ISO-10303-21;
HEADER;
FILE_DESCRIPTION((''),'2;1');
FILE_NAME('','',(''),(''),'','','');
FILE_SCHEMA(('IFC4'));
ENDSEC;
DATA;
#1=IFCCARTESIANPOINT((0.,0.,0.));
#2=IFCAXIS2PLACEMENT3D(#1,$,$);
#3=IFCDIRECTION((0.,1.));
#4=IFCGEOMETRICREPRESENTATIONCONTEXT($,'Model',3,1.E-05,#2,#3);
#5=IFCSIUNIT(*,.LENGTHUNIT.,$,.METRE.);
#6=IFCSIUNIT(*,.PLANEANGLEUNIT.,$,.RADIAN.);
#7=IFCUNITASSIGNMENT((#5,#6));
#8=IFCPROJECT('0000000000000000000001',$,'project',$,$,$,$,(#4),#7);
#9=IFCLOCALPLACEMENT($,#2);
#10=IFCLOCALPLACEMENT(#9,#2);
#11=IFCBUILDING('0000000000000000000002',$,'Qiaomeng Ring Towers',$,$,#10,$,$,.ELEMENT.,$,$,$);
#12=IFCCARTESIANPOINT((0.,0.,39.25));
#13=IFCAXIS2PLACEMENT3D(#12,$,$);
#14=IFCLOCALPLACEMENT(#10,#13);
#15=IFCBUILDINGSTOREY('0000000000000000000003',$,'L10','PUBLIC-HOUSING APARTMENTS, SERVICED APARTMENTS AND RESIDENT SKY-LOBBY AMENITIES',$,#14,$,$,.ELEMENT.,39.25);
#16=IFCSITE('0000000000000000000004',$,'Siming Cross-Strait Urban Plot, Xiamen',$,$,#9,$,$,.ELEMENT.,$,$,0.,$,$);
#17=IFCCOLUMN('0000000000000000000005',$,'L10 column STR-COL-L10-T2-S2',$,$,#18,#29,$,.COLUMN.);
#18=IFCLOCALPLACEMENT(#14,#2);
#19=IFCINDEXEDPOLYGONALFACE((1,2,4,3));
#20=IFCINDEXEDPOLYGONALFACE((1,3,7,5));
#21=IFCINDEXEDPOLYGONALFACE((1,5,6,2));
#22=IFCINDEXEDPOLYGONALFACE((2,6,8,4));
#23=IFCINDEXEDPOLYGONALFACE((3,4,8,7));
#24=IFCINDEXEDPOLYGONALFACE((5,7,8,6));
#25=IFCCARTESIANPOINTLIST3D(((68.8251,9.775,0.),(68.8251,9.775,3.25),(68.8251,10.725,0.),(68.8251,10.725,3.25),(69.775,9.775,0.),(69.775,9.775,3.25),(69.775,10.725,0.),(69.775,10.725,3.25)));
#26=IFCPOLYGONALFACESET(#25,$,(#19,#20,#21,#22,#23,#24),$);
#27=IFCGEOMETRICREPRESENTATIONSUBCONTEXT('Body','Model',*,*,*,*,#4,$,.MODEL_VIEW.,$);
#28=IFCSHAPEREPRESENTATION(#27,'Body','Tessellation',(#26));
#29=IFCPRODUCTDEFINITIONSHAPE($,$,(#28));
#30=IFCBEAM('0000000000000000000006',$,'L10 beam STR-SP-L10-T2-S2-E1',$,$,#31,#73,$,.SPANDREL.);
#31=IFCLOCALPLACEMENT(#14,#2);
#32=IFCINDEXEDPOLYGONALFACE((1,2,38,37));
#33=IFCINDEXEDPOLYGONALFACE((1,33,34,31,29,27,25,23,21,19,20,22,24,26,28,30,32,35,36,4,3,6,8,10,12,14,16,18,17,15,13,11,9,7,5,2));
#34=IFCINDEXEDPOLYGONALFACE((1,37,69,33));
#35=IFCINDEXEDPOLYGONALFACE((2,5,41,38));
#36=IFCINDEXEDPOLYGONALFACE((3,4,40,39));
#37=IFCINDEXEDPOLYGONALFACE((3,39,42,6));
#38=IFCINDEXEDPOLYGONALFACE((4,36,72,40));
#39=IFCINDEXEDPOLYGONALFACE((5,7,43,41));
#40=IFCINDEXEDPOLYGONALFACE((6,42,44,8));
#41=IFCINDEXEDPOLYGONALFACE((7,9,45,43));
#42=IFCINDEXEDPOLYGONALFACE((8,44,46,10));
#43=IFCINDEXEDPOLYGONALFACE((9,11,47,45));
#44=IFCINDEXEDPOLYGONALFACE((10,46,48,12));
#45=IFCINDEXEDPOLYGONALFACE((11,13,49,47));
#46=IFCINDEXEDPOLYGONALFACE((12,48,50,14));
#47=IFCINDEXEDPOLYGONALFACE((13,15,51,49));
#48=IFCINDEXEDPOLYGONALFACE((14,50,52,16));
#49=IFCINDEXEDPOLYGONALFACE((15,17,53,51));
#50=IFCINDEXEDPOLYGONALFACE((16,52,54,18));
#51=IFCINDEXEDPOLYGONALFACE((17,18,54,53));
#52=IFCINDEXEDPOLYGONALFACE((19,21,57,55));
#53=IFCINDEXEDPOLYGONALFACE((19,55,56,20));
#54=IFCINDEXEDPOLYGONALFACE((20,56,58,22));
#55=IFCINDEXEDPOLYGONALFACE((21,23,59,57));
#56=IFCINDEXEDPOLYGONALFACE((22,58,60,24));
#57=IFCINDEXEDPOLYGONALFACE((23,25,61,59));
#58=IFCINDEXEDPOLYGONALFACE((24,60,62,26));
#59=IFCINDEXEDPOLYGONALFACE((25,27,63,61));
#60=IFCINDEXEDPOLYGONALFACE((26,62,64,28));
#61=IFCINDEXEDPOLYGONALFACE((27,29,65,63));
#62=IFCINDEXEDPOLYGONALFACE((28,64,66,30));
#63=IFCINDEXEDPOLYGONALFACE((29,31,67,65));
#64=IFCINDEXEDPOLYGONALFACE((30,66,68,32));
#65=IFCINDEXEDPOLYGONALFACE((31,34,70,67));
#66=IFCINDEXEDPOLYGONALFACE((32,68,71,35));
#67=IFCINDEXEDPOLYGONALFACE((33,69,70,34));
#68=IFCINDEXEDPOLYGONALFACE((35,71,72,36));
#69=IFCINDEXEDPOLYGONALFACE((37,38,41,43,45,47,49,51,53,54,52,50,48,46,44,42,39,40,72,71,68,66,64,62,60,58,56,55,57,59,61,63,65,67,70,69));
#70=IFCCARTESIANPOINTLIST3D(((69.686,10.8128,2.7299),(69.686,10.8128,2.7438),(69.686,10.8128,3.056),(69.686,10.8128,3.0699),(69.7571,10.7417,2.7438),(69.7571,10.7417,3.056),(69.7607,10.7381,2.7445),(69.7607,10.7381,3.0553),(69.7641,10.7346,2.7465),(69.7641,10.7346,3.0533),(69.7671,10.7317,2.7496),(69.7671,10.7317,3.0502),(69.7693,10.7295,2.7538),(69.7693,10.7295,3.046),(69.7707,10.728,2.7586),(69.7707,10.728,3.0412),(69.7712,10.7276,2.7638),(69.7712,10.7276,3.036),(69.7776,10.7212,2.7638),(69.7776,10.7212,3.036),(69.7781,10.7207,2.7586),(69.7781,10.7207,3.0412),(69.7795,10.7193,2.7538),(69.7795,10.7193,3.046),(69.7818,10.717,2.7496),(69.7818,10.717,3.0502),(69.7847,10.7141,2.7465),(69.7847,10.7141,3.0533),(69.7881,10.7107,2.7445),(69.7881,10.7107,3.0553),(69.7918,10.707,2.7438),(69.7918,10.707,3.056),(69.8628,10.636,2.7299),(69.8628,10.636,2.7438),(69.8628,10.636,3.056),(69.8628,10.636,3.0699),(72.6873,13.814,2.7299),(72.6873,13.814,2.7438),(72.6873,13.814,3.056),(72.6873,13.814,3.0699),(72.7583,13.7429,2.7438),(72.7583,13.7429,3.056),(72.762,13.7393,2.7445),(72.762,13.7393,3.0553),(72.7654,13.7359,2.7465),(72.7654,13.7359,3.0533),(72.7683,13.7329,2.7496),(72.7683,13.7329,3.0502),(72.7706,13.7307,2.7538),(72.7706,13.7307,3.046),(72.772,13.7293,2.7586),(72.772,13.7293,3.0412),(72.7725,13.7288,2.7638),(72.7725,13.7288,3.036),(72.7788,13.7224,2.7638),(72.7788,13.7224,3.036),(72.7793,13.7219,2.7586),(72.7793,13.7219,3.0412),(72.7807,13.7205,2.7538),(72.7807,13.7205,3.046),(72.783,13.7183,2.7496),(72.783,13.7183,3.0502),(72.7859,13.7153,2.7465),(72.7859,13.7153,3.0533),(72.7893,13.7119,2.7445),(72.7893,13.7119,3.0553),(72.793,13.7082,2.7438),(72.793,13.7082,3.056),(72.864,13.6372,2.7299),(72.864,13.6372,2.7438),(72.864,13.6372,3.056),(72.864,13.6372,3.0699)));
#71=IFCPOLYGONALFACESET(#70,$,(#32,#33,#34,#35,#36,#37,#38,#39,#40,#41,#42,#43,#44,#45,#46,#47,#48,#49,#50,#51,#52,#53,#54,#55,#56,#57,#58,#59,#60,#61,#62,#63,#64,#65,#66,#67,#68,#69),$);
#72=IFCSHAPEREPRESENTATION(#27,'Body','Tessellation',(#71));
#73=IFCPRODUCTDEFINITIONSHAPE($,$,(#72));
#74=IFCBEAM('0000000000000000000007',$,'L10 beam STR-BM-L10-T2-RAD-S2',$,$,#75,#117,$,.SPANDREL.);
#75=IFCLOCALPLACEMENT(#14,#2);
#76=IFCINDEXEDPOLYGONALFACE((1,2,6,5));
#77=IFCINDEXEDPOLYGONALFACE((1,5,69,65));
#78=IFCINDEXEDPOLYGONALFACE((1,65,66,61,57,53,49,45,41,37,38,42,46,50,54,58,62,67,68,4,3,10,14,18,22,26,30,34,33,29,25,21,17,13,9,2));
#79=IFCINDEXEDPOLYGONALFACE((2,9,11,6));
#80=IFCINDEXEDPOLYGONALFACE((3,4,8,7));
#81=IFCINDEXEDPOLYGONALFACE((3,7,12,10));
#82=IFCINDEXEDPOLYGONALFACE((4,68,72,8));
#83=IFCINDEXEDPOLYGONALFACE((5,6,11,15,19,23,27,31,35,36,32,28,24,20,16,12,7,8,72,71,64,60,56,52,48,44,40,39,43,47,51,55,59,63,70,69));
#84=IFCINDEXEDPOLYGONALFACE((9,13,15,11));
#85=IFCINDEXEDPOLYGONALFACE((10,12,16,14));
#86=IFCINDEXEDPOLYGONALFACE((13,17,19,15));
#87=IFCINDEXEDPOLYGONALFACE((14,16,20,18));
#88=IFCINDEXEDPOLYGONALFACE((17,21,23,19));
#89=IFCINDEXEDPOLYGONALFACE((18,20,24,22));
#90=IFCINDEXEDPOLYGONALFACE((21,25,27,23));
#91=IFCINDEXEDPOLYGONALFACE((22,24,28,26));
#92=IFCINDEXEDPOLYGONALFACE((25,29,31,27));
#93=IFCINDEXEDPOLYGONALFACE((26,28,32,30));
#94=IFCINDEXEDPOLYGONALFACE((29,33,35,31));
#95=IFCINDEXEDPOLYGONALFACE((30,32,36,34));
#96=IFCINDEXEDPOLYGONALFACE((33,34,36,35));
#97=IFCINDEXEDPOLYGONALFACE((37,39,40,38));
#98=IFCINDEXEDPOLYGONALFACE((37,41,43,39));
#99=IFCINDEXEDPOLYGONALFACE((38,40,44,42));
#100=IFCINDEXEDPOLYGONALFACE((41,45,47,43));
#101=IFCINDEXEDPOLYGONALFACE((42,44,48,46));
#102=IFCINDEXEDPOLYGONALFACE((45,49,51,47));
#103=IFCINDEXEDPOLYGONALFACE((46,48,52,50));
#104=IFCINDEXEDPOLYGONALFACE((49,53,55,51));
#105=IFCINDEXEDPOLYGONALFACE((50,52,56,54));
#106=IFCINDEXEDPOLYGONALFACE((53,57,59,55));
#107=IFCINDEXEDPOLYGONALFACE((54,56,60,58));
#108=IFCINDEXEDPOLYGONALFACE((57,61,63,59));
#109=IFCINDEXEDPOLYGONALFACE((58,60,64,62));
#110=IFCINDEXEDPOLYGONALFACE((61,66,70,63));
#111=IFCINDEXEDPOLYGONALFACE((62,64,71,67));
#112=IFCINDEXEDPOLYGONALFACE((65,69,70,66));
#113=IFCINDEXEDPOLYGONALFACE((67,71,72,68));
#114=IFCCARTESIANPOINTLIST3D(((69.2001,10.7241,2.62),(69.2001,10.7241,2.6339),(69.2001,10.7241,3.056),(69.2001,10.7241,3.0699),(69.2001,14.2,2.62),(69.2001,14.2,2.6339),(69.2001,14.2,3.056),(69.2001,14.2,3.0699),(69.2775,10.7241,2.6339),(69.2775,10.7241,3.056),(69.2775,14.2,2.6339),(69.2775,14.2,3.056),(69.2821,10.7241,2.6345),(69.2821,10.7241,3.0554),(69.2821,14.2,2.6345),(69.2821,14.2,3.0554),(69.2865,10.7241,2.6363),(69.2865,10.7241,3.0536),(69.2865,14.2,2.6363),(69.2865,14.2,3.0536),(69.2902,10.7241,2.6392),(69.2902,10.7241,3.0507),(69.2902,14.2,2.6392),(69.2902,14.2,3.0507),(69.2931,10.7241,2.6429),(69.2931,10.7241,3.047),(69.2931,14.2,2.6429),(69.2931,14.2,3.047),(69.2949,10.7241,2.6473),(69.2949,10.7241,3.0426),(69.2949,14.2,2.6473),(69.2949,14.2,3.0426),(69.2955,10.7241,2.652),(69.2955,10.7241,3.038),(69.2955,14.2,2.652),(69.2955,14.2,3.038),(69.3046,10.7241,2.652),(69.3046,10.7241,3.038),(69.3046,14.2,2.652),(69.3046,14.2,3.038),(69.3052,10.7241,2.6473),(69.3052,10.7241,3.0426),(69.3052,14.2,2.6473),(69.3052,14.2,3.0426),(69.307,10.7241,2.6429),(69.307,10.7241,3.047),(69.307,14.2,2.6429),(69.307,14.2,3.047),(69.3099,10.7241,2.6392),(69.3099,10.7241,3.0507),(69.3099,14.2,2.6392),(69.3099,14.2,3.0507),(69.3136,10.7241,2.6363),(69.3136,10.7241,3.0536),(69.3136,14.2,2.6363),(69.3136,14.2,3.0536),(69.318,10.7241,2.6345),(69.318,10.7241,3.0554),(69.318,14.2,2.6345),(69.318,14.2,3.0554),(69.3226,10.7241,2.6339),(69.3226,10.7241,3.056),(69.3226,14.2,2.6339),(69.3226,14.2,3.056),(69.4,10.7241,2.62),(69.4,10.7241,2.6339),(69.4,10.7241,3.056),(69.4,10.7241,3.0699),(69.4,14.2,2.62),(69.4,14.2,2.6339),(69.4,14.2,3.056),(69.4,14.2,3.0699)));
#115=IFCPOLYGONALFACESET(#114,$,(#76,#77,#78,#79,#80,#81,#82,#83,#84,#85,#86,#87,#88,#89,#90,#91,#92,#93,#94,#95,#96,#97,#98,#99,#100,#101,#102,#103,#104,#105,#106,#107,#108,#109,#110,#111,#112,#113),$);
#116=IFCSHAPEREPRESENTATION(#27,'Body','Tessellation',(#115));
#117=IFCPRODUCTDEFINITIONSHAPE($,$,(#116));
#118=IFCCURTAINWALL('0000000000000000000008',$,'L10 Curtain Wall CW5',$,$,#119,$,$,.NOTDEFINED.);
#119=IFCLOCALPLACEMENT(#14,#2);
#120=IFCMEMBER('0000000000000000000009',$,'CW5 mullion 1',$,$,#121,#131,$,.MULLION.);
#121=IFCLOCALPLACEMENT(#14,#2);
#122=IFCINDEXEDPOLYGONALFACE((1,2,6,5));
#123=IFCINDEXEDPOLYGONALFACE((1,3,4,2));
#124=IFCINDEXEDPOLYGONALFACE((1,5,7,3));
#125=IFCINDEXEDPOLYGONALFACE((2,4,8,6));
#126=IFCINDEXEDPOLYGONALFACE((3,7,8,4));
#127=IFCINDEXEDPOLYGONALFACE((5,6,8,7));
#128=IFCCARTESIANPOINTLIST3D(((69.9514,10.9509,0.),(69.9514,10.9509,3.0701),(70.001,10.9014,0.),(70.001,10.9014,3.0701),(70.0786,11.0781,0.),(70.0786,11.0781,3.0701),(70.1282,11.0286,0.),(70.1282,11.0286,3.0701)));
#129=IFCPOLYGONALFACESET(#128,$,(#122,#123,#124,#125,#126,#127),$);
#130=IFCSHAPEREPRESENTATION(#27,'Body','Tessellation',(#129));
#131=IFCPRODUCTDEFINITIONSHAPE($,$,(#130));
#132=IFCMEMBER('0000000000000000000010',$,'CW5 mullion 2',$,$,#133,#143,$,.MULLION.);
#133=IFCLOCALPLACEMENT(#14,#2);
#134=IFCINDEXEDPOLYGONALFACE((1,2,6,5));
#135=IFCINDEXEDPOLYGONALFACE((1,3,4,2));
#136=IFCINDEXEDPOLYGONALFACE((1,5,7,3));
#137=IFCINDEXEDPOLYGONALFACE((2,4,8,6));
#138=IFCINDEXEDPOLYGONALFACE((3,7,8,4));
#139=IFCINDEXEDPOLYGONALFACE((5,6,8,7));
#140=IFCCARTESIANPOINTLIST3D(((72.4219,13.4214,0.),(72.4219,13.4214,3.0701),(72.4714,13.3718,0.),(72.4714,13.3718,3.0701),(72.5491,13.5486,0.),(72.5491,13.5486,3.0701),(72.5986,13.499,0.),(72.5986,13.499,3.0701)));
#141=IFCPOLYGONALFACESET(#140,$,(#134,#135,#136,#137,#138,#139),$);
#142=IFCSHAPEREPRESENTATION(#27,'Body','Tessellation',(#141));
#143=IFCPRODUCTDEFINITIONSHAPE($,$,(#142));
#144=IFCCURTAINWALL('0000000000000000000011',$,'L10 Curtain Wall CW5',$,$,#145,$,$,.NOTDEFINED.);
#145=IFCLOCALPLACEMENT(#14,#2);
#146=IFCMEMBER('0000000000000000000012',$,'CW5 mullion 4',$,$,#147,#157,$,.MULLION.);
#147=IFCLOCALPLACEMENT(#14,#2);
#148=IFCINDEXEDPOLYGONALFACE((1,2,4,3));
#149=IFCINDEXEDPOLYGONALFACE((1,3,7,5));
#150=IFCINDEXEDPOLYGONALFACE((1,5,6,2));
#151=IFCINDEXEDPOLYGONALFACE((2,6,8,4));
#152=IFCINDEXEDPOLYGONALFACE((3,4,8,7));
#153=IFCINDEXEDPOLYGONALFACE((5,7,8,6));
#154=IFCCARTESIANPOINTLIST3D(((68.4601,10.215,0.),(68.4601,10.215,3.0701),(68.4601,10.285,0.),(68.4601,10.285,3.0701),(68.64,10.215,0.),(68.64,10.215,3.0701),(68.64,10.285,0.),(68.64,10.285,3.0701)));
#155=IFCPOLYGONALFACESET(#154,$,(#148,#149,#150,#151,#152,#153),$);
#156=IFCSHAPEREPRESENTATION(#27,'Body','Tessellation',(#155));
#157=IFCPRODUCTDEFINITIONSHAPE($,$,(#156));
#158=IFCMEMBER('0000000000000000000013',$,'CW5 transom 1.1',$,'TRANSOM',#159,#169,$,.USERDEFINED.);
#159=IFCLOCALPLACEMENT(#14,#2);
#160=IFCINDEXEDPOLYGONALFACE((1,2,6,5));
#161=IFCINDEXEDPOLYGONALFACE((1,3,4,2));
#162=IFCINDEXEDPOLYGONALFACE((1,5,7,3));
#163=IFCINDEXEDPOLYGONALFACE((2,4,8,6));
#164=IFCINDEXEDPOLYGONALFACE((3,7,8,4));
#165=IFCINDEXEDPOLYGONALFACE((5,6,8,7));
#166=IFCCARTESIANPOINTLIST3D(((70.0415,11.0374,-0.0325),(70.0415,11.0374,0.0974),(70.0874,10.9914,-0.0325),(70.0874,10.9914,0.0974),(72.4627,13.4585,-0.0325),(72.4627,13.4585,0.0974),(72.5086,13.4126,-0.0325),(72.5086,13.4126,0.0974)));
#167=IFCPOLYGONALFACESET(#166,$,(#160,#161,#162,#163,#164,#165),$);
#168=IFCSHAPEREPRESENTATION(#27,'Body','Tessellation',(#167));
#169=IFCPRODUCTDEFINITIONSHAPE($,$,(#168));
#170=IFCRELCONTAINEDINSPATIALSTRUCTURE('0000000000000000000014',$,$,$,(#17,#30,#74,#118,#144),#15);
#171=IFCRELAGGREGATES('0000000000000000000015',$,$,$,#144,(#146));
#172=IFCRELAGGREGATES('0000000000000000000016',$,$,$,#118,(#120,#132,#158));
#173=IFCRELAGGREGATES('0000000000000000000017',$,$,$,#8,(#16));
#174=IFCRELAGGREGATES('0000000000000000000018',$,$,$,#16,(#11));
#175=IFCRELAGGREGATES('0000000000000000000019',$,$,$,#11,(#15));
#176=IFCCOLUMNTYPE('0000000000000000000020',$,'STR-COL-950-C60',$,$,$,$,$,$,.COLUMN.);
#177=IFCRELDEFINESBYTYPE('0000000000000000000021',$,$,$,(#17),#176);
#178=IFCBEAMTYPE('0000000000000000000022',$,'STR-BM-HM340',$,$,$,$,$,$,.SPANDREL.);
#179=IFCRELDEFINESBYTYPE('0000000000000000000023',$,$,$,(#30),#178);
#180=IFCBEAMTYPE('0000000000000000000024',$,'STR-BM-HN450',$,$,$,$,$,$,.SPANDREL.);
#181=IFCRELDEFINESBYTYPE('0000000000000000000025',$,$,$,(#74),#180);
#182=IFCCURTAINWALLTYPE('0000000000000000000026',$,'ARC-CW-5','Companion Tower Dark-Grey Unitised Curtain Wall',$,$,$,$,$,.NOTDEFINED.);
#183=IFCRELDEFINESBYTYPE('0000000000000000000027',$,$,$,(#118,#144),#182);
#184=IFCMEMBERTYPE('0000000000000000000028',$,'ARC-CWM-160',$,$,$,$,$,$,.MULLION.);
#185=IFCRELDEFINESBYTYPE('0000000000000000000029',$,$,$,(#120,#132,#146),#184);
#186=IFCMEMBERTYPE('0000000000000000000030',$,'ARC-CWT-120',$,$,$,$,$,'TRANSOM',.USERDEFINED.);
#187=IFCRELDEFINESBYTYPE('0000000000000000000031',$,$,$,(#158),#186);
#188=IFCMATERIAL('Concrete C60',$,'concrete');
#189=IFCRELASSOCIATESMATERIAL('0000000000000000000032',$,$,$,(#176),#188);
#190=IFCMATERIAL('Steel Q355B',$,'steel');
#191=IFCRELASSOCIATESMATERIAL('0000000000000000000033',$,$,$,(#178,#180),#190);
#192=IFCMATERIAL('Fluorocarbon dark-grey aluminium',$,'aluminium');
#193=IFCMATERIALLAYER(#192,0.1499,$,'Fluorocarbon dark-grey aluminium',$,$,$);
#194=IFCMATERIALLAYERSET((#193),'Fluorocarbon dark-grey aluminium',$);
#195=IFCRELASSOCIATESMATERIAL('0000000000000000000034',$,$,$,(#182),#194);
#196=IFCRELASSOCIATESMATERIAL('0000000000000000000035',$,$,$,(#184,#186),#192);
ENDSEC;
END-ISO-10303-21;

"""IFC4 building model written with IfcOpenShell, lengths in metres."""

from ifc_helpers import new_model, si_unit, direction, frame, origin, origin_2d, place, context, subcontext, project, spatial, rectangle, i_section, extrude, source, transform, mapped, material, layer, layer_set, material_profile, profile_set, type_object, element, aggregate, save


model = new_model("IFC4")

# Units and contexts
model_context = context("Model", 3, precision=1e-05, world=origin(), true_north=direction((0.0, 1.0)))
body_context = subcontext(model_context, "Body", "Model", "MODEL_VIEW")
ifc_project = project(units=[si_unit("LENGTHUNIT", "METRE"), si_unit("PLANEANGLEUNIT", "RADIAN")], contexts=[model_context])

# Site, building, storey
site_placement = place(None, origin())
site = spatial("IfcSite", under=ifc_project, at=site_placement, Name="Siming Cross-Strait Urban Plot, Xiamen", CompositionType="ELEMENT", RefElevation=0.0)
building_placement = place(site_placement, origin())
building = spatial("IfcBuilding", under=site, at=building_placement, Name="Qiaomeng Ring Towers", CompositionType="ELEMENT")
storey_placement = place(building_placement, frame((0.0, 0.0, 39.25)))
storey = spatial("IfcBuildingStorey", under=building, at=storey_placement, Name="L10", Description="PUBLIC-HOUSING APARTMENTS, SERVICED APARTMENTS AND RESIDENT SKY-LOBBY AMENITIES", CompositionType="ELEMENT", Elevation=39.25)

# Column
ifc_material_1 = material(Name="Concrete C60", Category="concrete")
ifc_material_profile_1 = material_profile(ifc_material_1, rectangle(XDim=0.95, YDim=0.95, at=origin_2d()), Name="RC COL 950x950")
ifc_profile_set_1 = profile_set([ifc_material_profile_1], Name="Concrete C60")
column_type = type_object("IfcColumnType", Name="STR-COL-950-C60", PredefinedType="COLUMN", material=ifc_profile_set_1)
shared_shape_1 = source(origin(), body_context, "Body", "SweptSolid", [
    extrude(rectangle(XDim=0.95, YDim=0.95, at=origin_2d()), origin(), (0.0, 0.0, 1.0), 3.25),
])
column_placement = place(storey_placement, frame((69.3, 10.25, 0.0), z_axis=(0.0, 0.0, 1.0), x_axis=(1.0, 0.0, 0.0)))
element("IfcColumn", 1, at=column_placement, inside=storey, type_object=column_type, Name="L10 column STR-COL-L10-T2-S2", PredefinedType="COLUMN", context=body_context, shape_type="MappedRepresentation", body=[
    mapped(shared_shape_1, transform((0.0, 0.0, 0.0), x_axis=(1.0, 0.0, 0.0), y_axis=(0.0, 1.0, 0.0), z_axis=(0.0, 0.0, 1.0), scale=1.0)),
])

# Beams
ifc_material_2 = material(Name="Steel Q355B", Category="steel")
ifc_material_profile_2 = material_profile(ifc_material_2, i_section(OverallWidth=0.25, OverallDepth=0.3401, WebThickness=0.009, FlangeThickness=0.0139, FilletRadius=0.02, at=origin_2d()), Name="HM 340x250x9x14")
ifc_profile_set_2 = profile_set([ifc_material_profile_2], Name="Steel Q355B")
beam_type_1 = type_object("IfcBeamType", Name="STR-BM-HM340", PredefinedType="SPANDREL", material=ifc_profile_set_2)
shared_shape_2 = source(origin(), body_context, "Body", "SweptSolid", [
    extrude(i_section(OverallWidth=0.25, OverallDepth=0.3401, WebThickness=0.009, FlangeThickness=0.0139, FilletRadius=0.02, at=origin_2d()), origin(), (0.0, 0.0, 1.0), 4.2444),
])
beam_1_placement = place(storey_placement, frame((69.7744, 10.7244, 2.8999), z_axis=(0.707107, 0.707107, 0.0), x_axis=(-0.707107, 0.707107, 0.0)))
element("IfcBeam", 2, at=beam_1_placement, inside=storey, type_object=beam_type_1, Name="L10 beam STR-SP-L10-T2-S2-E1", PredefinedType="SPANDREL", context=body_context, shape_type="MappedRepresentation", body=[
    mapped(shared_shape_2, transform((0.0, 0.0, 0.0), x_axis=(1.0, 0.0, 0.0), y_axis=(0.0, 1.0, 0.0), z_axis=(0.0, 0.0, 1.0), scale=1.0)),
])
ifc_material_profile_3 = material_profile(ifc_material_2, i_section(OverallWidth=0.2, OverallDepth=0.45, WebThickness=0.009, FlangeThickness=0.0139, FilletRadius=0.0181, at=origin_2d()), Name="HN 450x200x9x14")
ifc_profile_set_3 = profile_set([ifc_material_profile_3], Name="Steel Q355B")
beam_type_2 = type_object("IfcBeamType", Name="STR-BM-HN450", PredefinedType="SPANDREL", material=ifc_profile_set_3)
shared_shape_3 = source(origin(), body_context, "Body", "SweptSolid", [
    extrude(i_section(OverallWidth=0.2, OverallDepth=0.45, WebThickness=0.009, FlangeThickness=0.0139, FilletRadius=0.0181, at=origin_2d()), origin(), (0.0, 0.0, 1.0), 3.4758),
])
beam_2_placement = place(storey_placement, frame((69.3, 10.7241, 2.845), z_axis=(0.0, 1.0, 0.0), x_axis=(-1.0, 0.0, 0.0)))
element("IfcBeam", 3, at=beam_2_placement, inside=storey, type_object=beam_type_2, Name="L10 beam STR-BM-L10-T2-RAD-S2", PredefinedType="SPANDREL", context=body_context, shape_type="MappedRepresentation", body=[
    mapped(shared_shape_3, transform((0.0, 0.0, 0.0), x_axis=(1.0, 0.0, 0.0), y_axis=(0.0, 1.0, 0.0), z_axis=(0.0, 0.0, 1.0), scale=1.0)),
])

# Curtain wall, members
ifc_material_3 = material(Name="Fluorocarbon dark-grey aluminium", Category="aluminium")
ifc_layer_1 = layer(ifc_material_3, 0.1499, Name="Fluorocarbon dark-grey aluminium")
ifc_layer_set_1 = layer_set([ifc_layer_1], Name="Fluorocarbon dark-grey aluminium")
curtain_wall_type = type_object("IfcCurtainWallType", Name="ARC-CW-5", Description="Companion Tower Dark-Grey Unitised Curtain Wall", PredefinedType="NOTDEFINED", material=ifc_layer_set_1)
curtain_wall_1_placement = place(storey_placement, origin())
curtain_wall_1 = element("IfcCurtainWall", 4, at=curtain_wall_1_placement, inside=storey, type_object=curtain_wall_type, Name="L10 Curtain Wall CW5", PredefinedType="NOTDEFINED")
ifc_material_profile_4 = material_profile(ifc_material_3, rectangle(XDim=0.0701, YDim=0.1799, at=origin_2d()), Name="ALU MULL 70x180")
ifc_profile_set_4 = profile_set([ifc_material_profile_4], Name="Fluorocarbon dark-grey aluminium")
member_type_1 = type_object("IfcMemberType", Name="ARC-CWM-160", PredefinedType="MULLION", material=ifc_profile_set_4)
shared_shape_4 = source(origin(), body_context, "Body", "SweptSolid", [
    extrude(rectangle(XDim=0.0701, YDim=0.1799, at=origin_2d()), origin(), (0.0, 0.0, 1.0), 3.0701),
])
member_1_placement = place(storey_placement, frame((70.0398, 10.9897, 0.0), z_axis=(0.0, 0.0, 1.0), x_axis=(-0.707107, 0.707107, 0.0)))
member_1 = element("IfcMember", 5, at=member_1_placement, type_object=member_type_1, Name="CW5 mullion 1", PredefinedType="MULLION", context=body_context, shape_type="MappedRepresentation", body=[
    mapped(shared_shape_4, transform((0.0, 0.0, 0.0), x_axis=(1.0, 0.0, 0.0), y_axis=(0.0, 1.0, 0.0), z_axis=(0.0, 0.0, 1.0), scale=1.0)),
])
member_2_placement = place(storey_placement, frame((72.5103, 13.4602, 0.0), z_axis=(0.0, 0.0, 1.0), x_axis=(-0.707107, 0.707107, 0.0)))
member_2 = element("IfcMember", 6, at=member_2_placement, type_object=member_type_1, Name="CW5 mullion 2", PredefinedType="MULLION", context=body_context, shape_type="MappedRepresentation", body=[
    mapped(shared_shape_4, transform((0.0, 0.0, 0.0), x_axis=(1.0, 0.0, 0.0), y_axis=(0.0, 1.0, 0.0), z_axis=(0.0, 0.0, 1.0), scale=1.0)),
])

# Curtain wall, member
curtain_wall_2_placement = place(storey_placement, origin())
curtain_wall_2 = element("IfcCurtainWall", 7, at=curtain_wall_2_placement, inside=storey, type_object=curtain_wall_type, Name="L10 Curtain Wall CW5", PredefinedType="NOTDEFINED")
member_3_placement = place(storey_placement, frame((68.55, 10.25, 0.0), z_axis=(0.0, 0.0, 1.0), x_axis=(0.0, 1.0, 0.0)))
member_3 = element("IfcMember", 8, at=member_3_placement, type_object=member_type_1, Name="CW5 mullion 4", PredefinedType="MULLION", context=body_context, shape_type="MappedRepresentation", body=[
    mapped(shared_shape_4, transform((0.0, 0.0, 0.0), x_axis=(1.0, 0.0, 0.0), y_axis=(0.0, 1.0, 0.0), z_axis=(0.0, 0.0, 1.0), scale=1.0)),
])
aggregate(curtain_wall_2, [member_3])

# Member
ifc_material_profile_5 = material_profile(ifc_material_3, rectangle(XDim=0.0649, YDim=0.1299, at=origin_2d()), Name="ALU TRAN 65x130")
ifc_profile_set_5 = profile_set([ifc_material_profile_5], Name="Fluorocarbon dark-grey aluminium")
member_type_2 = type_object("IfcMemberType", Name="ARC-CWT-120", ElementType="TRANSOM", PredefinedType="USERDEFINED", material=ifc_profile_set_5)
shared_shape_5 = source(origin(), body_context, "Body", "SweptSolid", [
    extrude(rectangle(XDim=0.0649, YDim=0.1299, at=origin_2d()), origin(), (0.0, 0.0, 1.0), 3.4241),
])
member_4_placement = place(storey_placement, frame((70.0645, 11.0144, 0.0325), z_axis=(0.707107, 0.707107, 0.0), x_axis=(-0.707107, 0.707107, 0.0)))
member_4 = element("IfcMember", 9, at=member_4_placement, type_object=member_type_2, Name="CW5 transom 1.1", ObjectType="TRANSOM", PredefinedType="USERDEFINED", context=body_context, shape_type="MappedRepresentation", body=[
    mapped(shared_shape_5, transform((0.0, 0.0, 0.0), x_axis=(1.0, 0.0, 0.0), y_axis=(0.0, 1.0, 0.0), z_axis=(0.0, 0.0, 1.0), scale=1.0)),
])

aggregate(curtain_wall_1, [member_1, member_2, member_4])

save(model, "model.ifc")
